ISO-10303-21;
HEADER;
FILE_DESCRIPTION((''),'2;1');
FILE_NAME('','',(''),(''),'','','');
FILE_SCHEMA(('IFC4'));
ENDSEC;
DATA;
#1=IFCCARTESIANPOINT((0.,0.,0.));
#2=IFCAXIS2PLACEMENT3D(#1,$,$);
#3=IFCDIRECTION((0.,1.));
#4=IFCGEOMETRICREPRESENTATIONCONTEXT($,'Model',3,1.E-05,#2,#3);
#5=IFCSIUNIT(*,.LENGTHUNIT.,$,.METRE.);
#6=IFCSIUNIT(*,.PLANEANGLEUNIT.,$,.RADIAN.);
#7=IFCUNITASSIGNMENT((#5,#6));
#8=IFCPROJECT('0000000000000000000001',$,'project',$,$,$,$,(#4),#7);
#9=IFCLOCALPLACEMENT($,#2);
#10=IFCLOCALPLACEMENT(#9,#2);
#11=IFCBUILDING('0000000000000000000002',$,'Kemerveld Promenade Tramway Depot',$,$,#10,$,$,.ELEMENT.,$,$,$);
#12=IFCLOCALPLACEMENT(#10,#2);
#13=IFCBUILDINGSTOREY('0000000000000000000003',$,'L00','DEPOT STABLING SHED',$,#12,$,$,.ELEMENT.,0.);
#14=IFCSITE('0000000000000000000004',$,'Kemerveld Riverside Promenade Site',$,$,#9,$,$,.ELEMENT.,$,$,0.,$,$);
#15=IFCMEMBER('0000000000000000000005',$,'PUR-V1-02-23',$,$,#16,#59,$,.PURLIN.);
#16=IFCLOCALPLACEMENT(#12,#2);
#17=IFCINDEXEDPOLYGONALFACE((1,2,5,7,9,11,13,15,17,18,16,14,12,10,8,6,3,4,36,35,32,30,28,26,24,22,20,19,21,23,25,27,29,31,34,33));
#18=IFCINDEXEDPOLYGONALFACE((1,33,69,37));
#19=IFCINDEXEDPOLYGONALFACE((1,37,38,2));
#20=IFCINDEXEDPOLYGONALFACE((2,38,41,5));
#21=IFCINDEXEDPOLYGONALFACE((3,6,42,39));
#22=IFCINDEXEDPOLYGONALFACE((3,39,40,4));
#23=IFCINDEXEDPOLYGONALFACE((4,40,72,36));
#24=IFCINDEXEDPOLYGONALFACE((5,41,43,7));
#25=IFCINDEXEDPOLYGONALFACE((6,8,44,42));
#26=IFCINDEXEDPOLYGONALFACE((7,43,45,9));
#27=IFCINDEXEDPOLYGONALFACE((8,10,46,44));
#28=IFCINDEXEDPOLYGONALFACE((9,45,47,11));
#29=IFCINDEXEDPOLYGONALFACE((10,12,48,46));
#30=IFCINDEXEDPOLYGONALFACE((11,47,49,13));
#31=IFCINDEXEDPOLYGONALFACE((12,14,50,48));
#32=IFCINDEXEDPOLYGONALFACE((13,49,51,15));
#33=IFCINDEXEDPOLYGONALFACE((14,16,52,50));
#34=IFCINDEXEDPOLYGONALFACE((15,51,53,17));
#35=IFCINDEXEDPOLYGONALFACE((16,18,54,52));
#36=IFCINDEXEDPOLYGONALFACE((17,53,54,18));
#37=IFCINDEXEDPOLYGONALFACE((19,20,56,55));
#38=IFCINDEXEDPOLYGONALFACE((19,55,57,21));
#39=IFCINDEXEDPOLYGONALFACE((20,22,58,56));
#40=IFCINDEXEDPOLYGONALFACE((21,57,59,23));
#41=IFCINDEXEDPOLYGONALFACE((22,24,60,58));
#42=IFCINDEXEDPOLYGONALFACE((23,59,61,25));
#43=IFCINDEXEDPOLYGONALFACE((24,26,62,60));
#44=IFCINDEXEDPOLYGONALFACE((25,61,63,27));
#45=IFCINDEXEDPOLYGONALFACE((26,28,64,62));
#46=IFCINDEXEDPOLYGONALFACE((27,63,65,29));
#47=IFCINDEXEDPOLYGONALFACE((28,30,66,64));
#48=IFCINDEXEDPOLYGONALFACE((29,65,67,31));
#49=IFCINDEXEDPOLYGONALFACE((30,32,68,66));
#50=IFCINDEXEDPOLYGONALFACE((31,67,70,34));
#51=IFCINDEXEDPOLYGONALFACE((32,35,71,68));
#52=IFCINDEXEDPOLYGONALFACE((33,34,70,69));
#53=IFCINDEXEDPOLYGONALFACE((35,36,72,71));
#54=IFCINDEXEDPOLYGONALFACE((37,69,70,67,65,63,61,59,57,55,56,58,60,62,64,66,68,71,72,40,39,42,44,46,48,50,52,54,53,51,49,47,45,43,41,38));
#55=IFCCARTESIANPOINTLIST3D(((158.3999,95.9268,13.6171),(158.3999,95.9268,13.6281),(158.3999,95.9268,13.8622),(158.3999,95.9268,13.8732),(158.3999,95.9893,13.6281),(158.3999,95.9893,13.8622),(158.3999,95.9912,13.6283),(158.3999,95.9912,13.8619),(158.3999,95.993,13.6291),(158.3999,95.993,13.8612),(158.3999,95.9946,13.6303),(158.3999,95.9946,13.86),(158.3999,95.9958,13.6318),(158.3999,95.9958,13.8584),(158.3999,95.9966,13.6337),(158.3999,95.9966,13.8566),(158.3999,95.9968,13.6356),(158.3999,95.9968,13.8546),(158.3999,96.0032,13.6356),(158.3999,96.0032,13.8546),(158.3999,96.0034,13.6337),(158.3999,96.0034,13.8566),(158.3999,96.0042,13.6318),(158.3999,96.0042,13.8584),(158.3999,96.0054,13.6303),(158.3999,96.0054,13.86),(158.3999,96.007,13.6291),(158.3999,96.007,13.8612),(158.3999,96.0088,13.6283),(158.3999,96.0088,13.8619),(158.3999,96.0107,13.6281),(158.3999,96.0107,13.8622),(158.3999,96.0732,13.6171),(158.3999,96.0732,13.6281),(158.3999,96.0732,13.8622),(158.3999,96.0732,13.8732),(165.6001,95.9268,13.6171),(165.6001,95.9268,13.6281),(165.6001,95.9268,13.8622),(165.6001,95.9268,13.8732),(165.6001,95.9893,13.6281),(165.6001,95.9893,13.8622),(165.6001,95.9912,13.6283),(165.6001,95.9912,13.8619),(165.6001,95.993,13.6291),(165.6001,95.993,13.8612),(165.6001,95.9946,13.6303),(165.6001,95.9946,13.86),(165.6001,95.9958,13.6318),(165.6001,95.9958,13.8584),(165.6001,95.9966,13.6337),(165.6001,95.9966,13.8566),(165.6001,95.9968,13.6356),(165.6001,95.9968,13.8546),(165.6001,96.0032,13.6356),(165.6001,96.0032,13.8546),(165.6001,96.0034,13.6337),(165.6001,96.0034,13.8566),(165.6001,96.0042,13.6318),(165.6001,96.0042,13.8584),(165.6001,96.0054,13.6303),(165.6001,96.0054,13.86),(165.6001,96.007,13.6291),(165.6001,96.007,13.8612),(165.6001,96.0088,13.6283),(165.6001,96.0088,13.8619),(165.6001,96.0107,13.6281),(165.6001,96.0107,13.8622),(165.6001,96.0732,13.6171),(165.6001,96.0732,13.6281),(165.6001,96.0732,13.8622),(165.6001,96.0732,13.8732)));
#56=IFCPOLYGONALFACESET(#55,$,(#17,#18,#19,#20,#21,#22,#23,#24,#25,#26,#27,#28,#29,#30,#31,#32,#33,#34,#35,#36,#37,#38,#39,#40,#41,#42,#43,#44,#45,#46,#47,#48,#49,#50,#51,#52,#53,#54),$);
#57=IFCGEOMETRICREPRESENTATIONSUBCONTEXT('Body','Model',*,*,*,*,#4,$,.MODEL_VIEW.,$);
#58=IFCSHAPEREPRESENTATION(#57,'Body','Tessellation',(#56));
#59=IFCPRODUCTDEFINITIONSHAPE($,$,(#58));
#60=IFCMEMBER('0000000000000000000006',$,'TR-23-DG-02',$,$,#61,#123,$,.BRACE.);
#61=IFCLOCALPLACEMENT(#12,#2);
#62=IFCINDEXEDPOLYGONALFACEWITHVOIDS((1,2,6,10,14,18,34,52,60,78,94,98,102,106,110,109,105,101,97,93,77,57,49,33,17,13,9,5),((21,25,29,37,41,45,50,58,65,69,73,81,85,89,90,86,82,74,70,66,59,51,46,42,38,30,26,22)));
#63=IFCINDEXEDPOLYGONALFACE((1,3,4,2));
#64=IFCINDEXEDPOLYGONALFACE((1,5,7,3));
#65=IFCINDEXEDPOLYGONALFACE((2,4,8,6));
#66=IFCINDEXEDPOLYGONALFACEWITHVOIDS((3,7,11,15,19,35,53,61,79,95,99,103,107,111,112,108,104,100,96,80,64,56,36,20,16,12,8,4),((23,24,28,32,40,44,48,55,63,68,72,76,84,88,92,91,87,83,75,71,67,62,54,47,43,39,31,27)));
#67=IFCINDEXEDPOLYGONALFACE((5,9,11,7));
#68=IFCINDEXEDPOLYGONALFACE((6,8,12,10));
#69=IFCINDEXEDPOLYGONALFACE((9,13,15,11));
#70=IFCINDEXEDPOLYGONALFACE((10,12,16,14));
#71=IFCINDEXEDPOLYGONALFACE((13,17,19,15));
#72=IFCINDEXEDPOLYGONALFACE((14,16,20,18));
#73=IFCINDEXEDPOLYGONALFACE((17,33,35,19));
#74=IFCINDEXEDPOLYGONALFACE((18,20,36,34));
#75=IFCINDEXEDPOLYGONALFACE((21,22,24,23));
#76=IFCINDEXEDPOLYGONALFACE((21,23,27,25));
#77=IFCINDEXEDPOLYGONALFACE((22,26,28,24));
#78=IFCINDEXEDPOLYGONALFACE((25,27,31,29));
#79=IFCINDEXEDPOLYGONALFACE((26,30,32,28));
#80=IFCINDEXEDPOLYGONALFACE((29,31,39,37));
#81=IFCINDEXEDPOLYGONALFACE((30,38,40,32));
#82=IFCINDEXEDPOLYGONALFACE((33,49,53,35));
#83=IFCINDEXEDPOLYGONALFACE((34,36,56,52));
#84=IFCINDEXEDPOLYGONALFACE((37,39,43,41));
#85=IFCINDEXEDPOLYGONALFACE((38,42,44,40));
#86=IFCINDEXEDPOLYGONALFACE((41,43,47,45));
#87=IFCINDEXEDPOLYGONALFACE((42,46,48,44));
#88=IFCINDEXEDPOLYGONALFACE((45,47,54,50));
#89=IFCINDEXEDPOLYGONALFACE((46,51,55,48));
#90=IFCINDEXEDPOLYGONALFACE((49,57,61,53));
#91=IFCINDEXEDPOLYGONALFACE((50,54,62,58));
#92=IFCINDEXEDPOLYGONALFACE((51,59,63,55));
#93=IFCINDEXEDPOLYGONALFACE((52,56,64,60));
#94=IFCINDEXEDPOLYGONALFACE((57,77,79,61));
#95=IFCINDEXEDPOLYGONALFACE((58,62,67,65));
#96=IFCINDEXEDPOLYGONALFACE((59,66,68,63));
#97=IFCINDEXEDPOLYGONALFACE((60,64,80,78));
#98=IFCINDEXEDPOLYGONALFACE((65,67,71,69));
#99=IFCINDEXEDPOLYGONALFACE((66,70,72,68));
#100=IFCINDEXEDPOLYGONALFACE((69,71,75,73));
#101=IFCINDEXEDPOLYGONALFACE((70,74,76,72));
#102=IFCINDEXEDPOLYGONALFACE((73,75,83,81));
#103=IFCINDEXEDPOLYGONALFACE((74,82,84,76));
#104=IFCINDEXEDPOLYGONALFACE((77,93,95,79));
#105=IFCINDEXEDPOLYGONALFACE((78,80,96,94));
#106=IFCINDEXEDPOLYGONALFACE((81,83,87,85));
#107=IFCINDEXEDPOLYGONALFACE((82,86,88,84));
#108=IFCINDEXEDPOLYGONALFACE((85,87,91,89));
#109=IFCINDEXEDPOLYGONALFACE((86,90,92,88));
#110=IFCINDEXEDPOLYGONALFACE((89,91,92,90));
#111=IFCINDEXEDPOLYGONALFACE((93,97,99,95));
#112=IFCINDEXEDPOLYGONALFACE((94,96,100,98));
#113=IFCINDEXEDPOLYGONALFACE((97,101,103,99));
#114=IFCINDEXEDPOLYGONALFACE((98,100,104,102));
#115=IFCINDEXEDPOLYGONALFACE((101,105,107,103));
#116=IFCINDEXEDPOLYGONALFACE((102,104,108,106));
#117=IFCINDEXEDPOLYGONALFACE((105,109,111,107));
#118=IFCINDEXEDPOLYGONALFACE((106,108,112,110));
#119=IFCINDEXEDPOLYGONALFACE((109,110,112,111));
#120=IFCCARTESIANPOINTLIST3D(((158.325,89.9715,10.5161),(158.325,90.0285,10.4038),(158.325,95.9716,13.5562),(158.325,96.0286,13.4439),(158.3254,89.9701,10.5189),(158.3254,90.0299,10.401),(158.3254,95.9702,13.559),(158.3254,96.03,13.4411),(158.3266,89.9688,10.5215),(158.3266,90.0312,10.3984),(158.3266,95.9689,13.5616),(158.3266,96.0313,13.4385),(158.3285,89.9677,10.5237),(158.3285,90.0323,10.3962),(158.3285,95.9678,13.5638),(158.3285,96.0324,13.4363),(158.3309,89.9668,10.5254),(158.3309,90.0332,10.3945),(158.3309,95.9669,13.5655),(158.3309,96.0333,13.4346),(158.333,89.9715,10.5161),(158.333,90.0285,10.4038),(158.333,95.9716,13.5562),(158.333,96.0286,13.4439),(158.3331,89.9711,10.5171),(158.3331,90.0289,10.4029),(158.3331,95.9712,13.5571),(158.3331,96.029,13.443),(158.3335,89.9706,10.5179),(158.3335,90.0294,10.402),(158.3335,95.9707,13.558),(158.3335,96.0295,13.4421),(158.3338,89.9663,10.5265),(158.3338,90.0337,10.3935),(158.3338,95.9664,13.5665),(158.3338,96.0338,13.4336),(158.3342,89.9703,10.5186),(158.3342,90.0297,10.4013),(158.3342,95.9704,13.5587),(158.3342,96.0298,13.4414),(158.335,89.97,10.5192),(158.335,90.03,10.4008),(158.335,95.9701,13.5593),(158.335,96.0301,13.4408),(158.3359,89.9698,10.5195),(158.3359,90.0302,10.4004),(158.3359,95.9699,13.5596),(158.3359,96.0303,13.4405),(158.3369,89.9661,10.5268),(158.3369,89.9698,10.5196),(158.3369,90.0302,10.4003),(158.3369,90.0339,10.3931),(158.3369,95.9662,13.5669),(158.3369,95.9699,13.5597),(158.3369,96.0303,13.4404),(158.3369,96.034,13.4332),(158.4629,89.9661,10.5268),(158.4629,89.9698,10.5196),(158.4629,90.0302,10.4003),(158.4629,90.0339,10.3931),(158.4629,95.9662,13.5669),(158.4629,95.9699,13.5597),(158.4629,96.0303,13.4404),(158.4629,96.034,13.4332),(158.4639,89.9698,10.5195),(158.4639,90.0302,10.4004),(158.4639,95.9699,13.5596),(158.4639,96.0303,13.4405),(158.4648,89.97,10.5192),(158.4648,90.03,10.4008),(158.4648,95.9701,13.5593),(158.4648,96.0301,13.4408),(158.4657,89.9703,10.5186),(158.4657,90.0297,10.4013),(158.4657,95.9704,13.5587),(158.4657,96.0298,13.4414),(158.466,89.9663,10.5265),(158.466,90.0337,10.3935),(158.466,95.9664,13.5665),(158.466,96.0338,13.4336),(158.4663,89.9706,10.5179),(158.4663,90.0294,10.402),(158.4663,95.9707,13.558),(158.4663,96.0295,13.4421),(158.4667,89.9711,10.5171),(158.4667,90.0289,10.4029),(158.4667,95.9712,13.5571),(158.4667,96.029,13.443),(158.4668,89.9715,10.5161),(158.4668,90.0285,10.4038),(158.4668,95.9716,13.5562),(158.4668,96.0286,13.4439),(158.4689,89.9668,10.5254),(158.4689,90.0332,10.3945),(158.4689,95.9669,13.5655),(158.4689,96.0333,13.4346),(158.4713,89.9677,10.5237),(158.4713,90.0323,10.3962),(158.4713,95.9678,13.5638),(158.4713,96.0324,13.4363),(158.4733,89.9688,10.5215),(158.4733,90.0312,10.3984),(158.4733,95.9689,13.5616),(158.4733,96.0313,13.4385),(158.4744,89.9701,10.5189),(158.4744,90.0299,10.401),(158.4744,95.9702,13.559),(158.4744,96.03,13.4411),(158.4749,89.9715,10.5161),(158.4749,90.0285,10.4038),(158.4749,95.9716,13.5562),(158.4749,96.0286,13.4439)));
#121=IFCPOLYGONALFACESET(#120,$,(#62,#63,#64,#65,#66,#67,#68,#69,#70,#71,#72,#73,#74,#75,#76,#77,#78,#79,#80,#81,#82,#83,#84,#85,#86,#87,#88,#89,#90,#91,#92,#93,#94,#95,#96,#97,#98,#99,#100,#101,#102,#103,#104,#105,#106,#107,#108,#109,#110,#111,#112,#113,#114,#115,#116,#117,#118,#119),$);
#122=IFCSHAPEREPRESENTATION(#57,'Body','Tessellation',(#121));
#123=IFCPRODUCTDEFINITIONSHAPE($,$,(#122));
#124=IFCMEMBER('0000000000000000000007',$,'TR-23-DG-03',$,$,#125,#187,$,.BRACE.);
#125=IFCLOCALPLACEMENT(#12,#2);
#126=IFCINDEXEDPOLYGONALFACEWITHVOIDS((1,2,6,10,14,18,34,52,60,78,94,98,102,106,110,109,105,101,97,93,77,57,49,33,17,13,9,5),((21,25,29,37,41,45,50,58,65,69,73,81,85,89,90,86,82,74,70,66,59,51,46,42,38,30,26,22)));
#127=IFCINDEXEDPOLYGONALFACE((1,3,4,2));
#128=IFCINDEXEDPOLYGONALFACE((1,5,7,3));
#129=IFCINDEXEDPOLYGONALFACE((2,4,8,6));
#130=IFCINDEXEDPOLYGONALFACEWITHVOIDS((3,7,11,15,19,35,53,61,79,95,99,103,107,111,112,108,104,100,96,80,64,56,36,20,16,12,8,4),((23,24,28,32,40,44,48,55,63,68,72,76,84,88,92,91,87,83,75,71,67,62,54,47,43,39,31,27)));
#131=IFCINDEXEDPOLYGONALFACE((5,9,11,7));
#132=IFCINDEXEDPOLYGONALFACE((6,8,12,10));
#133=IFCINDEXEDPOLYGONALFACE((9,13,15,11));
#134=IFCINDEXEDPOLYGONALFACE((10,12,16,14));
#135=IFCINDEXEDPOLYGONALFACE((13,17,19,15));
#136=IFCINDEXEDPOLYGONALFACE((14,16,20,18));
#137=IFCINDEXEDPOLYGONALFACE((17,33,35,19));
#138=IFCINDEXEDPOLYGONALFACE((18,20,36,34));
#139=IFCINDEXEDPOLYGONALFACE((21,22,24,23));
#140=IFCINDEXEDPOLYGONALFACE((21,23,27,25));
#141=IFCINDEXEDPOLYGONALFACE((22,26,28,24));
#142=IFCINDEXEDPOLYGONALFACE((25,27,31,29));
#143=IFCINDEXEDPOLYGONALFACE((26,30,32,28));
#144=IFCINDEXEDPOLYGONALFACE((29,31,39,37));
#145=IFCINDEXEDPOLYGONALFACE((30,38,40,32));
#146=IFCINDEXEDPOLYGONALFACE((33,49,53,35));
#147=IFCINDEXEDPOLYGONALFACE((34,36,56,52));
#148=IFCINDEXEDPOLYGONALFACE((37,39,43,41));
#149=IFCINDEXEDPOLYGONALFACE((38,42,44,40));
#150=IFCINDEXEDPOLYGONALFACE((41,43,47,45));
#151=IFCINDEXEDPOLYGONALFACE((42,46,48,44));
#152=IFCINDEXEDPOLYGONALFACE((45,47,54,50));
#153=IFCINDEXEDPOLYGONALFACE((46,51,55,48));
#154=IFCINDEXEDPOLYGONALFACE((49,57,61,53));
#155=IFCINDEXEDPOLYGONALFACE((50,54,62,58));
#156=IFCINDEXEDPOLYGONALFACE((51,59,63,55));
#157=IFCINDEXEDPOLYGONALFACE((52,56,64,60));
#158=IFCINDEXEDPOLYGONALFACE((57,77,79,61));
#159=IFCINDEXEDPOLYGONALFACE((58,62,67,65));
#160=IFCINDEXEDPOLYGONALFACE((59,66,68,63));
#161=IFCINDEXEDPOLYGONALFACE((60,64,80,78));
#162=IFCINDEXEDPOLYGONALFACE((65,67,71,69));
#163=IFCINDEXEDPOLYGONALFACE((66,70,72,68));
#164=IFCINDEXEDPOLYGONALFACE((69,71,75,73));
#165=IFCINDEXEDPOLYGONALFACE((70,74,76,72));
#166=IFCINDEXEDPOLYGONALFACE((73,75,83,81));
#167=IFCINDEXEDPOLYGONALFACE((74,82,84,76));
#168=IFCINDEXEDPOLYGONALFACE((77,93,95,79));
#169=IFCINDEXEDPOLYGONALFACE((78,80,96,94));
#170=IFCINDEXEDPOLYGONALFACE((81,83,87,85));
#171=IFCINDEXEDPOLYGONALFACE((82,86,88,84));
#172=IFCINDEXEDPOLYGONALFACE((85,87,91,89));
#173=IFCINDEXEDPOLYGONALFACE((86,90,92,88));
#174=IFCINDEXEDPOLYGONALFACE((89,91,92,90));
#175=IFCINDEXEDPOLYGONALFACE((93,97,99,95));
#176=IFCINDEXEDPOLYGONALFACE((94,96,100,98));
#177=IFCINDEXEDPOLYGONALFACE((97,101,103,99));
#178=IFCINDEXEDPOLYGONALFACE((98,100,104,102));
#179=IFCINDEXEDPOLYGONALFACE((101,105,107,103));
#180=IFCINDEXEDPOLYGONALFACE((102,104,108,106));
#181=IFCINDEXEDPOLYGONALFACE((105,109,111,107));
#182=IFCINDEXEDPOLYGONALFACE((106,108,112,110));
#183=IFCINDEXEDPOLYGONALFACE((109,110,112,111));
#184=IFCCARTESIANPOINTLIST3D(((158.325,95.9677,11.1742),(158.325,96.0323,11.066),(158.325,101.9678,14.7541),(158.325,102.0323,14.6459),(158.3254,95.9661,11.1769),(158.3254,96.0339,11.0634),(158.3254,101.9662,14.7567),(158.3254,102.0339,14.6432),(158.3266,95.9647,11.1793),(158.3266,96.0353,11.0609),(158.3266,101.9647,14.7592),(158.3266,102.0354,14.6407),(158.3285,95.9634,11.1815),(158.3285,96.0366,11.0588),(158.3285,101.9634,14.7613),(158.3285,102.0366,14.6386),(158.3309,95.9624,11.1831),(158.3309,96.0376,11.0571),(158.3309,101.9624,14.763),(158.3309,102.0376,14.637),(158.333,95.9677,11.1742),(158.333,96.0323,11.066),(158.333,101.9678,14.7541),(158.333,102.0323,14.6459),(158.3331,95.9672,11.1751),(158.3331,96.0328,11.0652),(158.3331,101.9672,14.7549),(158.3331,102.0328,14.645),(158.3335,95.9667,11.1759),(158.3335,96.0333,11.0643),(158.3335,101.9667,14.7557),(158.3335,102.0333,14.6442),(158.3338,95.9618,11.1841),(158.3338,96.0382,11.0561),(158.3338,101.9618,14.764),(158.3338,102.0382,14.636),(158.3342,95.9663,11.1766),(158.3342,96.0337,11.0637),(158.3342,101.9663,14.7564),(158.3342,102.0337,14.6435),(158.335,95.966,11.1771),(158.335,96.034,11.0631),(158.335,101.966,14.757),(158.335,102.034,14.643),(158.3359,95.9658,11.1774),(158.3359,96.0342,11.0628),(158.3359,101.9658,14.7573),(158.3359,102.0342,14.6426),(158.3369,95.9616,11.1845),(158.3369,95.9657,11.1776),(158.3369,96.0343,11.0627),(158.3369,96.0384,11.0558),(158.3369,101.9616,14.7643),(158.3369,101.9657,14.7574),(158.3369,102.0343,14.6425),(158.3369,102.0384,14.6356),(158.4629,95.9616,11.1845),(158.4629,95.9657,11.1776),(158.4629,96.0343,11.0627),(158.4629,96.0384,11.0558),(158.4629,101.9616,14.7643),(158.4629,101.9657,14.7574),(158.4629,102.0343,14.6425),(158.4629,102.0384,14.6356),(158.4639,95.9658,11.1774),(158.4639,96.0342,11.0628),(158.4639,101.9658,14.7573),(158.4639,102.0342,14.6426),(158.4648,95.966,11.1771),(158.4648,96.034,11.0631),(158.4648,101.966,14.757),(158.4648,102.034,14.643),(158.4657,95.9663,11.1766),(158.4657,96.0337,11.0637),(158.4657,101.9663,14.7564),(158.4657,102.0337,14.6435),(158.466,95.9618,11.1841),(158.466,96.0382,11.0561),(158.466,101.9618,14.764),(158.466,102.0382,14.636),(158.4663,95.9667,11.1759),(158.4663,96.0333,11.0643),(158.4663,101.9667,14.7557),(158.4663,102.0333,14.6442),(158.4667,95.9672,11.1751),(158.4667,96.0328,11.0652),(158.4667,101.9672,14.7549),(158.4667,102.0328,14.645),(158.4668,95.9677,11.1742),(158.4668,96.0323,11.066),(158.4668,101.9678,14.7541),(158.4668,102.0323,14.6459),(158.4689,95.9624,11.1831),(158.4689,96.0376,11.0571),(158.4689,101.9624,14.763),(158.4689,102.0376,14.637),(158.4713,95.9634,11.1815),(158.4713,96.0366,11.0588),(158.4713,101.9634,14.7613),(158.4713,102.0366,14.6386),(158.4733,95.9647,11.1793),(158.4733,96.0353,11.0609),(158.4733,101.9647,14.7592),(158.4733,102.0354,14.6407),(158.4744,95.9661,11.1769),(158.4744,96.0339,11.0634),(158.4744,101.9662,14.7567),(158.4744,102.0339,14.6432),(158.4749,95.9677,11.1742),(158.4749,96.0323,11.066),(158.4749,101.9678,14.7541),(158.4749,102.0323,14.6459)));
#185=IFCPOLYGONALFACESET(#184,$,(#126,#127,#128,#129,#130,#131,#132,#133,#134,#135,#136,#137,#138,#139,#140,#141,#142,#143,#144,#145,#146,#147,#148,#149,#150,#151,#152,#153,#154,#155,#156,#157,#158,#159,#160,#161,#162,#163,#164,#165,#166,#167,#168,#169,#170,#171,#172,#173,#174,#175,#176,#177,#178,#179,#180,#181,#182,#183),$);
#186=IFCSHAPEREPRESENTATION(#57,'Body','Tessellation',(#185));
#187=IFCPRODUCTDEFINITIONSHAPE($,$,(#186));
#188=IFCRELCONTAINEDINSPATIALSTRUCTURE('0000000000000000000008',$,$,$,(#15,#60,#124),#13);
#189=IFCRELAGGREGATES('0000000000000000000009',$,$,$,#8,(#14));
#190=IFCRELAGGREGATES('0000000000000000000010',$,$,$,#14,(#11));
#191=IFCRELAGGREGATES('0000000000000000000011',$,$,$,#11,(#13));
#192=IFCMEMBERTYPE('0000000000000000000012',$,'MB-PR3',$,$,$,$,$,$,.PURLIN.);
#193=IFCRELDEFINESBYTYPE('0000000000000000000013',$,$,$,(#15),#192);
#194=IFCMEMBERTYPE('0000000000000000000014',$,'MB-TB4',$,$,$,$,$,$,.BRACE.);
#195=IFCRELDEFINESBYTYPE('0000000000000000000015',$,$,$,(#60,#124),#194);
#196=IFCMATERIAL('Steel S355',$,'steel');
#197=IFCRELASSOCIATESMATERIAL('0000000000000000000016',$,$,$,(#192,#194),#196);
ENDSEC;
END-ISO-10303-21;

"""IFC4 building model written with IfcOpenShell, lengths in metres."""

from ifc_helpers import new_model, si_unit, direction, frame, origin, origin_2d, place, context, subcontext, project, spatial, hollow_rectangle, i_section, extrude, material, material_profile, profile_set, type_object, element, save


model = new_model("IFC4")

# Units and contexts
model_context = context("Model", 3, precision=1e-05, world=origin(), true_north=direction((0.0, 1.0)))
body_context = subcontext(model_context, "Body", "Model", "MODEL_VIEW")
ifc_project = project(units=[si_unit("LENGTHUNIT", "METRE"), si_unit("PLANEANGLEUNIT", "RADIAN")], contexts=[model_context])

# Site, building, storey
site_placement = place(None, origin())
site = spatial("IfcSite", under=ifc_project, at=site_placement, Name="Kemerveld Riverside Promenade Site", CompositionType="ELEMENT", RefElevation=0.0)
building_placement = place(site_placement, origin())
building = spatial("IfcBuilding", under=site, at=building_placement, Name="Kemerveld Promenade Tramway Depot", CompositionType="ELEMENT")
storey_placement = place(building_placement, origin())
storey = spatial("IfcBuildingStorey", under=building, at=storey_placement, Name="L00", Description="DEPOT STABLING SHED", CompositionType="ELEMENT", Elevation=0.0)

# Members
ifc_material_1 = material(Name="Steel S355", Category="steel")
ifc_material_profile_1 = material_profile(ifc_material_1, i_section(OverallWidth=0.1465, OverallDepth=0.2561, WebThickness=0.0063, FlangeThickness=0.011, FilletRadius=0.0076, at=origin_2d()), Name="254x146x37 UB")
ifc_profile_set_1 = profile_set([ifc_material_profile_1], Name="Steel S355")
member_type_1 = type_object("IfcMemberType", Name="MB-PR3", PredefinedType="PURLIN", material=ifc_profile_set_1)
member_1_placement = place(storey_placement, frame((158.3999, 96.0, 13.7451), z_axis=(1.0, 0.0, 0.0), x_axis=(0.0, 1.0, 0.0)))
element("IfcMember", 1, at=member_1_placement, inside=storey, type_object=member_type_1, Name="PUR-V1-02-23", PredefinedType="PURLIN", context=body_context, shape_type="SweptSolid", body=[
    extrude(i_section(OverallWidth=0.1465, OverallDepth=0.2561, WebThickness=0.0063, FlangeThickness=0.011, FilletRadius=0.0076, at=origin_2d()), origin(), (0.0, 0.0, 1.0), 7.2002),
])
ifc_material_profile_2 = material_profile(ifc_material_1, hollow_rectangle(XDim=0.1499, YDim=0.1499, WallThickness=0.0081, InnerFilletRadius=0.0039, OuterFilletRadius=0.012, at=origin_2d()), Name="150x150x8.0 SHS")
ifc_profile_set_2 = profile_set([ifc_material_profile_2], Name="Steel S355")
member_type_2 = type_object("IfcMemberType", Name="MB-TB4", PredefinedType="BRACE", material=ifc_profile_set_2)
member_2_placement = place(storey_placement, frame((158.3999, 90.0, 10.46), z_axis=(0.0, 0.892033, 0.451969), x_axis=(-1.0, 0.0, 0.0)))
element("IfcMember", 2, at=member_2_placement, inside=storey, type_object=member_type_2, Name="TR-23-DG-02", PredefinedType="BRACE", context=body_context, shape_type="SweptSolid", body=[
    extrude(hollow_rectangle(XDim=0.1499, YDim=0.1499, WallThickness=0.0081, InnerFilletRadius=0.0039, OuterFilletRadius=0.012, at=origin_2d()), origin(), (0.0, 0.0, 1.0), 6.7263),
])
member_3_placement = place(storey_placement, frame((158.3999, 96.0, 11.1201), z_axis=(0.0, 0.858764, 0.512372), x_axis=(-1.0, 0.0, 0.0)))
element("IfcMember", 3, at=member_3_placement, inside=storey, type_object=member_type_2, Name="TR-23-DG-03", PredefinedType="BRACE", context=body_context, shape_type="SweptSolid", body=[
    extrude(hollow_rectangle(XDim=0.1499, YDim=0.1499, WallThickness=0.0081, InnerFilletRadius=0.0039, OuterFilletRadius=0.012, at=origin_2d()), origin(), (0.0, 0.0, 1.0), 6.9868),
])

save(model, "model.ifc")
